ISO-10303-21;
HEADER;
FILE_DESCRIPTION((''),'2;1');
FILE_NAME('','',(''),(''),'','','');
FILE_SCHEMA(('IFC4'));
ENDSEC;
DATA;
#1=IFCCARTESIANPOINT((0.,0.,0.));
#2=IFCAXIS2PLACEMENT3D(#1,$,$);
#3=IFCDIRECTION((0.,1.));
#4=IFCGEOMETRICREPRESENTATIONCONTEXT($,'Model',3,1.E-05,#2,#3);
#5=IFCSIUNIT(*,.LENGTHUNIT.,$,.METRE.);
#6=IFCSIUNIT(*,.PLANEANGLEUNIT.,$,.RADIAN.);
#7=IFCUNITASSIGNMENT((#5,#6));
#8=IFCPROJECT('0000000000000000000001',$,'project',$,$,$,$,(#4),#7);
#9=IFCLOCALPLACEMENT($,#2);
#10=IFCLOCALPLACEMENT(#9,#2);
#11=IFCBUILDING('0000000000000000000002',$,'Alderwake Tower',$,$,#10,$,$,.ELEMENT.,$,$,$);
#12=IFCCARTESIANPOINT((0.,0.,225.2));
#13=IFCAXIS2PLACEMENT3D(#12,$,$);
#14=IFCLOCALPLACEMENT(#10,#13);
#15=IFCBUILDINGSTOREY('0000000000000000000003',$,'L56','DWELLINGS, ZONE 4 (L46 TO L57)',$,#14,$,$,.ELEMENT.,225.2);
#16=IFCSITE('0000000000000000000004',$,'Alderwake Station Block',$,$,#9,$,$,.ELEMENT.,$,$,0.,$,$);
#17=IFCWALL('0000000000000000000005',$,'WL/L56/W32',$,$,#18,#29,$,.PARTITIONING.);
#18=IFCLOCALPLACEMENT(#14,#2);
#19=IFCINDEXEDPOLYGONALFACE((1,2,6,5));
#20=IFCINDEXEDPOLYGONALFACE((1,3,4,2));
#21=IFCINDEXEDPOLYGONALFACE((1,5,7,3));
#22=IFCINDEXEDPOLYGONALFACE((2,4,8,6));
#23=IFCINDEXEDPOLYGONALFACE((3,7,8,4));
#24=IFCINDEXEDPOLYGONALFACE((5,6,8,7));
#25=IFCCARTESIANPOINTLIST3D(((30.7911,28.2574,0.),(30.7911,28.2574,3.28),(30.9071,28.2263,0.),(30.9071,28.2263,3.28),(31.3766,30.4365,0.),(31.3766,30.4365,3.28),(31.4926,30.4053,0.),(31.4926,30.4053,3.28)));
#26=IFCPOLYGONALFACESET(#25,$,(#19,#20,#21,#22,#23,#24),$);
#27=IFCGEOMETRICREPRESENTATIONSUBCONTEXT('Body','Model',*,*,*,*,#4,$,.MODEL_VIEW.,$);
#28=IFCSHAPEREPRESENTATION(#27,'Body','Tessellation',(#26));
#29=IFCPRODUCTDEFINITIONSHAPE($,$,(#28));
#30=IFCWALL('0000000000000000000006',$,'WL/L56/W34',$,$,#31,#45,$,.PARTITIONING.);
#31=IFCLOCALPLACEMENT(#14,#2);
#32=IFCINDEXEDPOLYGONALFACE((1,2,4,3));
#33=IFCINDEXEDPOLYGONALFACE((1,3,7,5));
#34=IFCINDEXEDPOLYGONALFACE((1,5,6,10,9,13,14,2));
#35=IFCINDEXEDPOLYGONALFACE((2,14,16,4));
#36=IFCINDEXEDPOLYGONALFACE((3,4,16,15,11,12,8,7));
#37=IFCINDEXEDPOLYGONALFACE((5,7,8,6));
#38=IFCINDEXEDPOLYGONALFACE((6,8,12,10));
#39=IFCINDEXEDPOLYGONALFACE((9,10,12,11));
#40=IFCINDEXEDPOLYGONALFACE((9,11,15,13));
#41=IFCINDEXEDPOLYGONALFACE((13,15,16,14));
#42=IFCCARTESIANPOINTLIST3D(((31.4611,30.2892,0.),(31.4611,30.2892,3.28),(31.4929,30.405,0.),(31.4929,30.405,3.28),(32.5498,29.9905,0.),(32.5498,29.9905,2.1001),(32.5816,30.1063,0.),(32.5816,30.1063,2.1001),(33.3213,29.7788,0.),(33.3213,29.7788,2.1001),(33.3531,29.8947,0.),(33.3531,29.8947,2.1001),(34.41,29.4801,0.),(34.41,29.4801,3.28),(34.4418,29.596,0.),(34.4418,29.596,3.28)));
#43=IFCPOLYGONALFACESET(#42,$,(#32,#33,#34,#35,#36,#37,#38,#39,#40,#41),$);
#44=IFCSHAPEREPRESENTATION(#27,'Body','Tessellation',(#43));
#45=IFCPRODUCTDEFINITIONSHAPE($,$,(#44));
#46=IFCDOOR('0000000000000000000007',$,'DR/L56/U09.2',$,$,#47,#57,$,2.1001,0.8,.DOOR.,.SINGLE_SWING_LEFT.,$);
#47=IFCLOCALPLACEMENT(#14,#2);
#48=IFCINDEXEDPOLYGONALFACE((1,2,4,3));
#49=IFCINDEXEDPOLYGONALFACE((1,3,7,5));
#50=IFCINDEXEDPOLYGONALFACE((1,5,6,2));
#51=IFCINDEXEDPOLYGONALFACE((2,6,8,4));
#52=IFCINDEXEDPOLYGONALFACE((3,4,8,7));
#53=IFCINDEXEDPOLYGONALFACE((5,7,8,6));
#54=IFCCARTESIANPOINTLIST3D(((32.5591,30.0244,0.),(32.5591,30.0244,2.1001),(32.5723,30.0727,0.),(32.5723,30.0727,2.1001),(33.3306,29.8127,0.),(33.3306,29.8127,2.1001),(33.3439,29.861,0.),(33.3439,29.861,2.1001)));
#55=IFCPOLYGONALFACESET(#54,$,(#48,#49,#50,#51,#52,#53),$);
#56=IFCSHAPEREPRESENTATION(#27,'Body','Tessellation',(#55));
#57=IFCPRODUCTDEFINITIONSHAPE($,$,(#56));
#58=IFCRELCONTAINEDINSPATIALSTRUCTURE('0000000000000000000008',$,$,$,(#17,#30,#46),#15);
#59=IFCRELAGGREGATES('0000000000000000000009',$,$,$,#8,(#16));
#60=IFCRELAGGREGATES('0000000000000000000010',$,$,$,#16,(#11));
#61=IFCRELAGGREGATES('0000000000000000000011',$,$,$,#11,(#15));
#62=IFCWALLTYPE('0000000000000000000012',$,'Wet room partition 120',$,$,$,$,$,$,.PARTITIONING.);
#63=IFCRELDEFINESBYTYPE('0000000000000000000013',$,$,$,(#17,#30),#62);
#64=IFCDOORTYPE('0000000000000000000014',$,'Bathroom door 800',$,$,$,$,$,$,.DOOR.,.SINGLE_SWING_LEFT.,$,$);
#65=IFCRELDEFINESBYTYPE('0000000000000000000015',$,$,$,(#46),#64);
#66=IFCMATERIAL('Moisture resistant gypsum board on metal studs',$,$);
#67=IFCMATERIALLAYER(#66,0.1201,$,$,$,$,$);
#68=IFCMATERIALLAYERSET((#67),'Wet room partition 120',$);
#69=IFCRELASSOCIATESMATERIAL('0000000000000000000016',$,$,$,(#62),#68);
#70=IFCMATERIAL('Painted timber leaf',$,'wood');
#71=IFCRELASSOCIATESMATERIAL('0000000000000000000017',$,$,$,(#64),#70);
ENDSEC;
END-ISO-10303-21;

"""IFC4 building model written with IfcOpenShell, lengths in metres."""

from ifc_helpers import new_model, si_unit, direction, frame, frame_2d, origin, place, context, subcontext, project, spatial, rectangle, extrude, material, layer, layer_set, type_object, element, fill, save


model = new_model("IFC4")

# Units and contexts
model_context = context("Model", 3, precision=1e-05, world=origin(), true_north=direction((0.0, 1.0)))
body_context = subcontext(model_context, "Body", "Model", "MODEL_VIEW")
ifc_project = project(units=[si_unit("LENGTHUNIT", "METRE"), si_unit("PLANEANGLEUNIT", "RADIAN")], contexts=[model_context])

# Site, building, storey
site_placement = place(None, origin())
site = spatial("IfcSite", under=ifc_project, at=site_placement, Name="Alderwake Station Block", CompositionType="ELEMENT", RefElevation=0.0)
building_placement = place(site_placement, origin())
building = spatial("IfcBuilding", under=site, at=building_placement, Name="Alderwake Tower", CompositionType="ELEMENT")
storey_placement = place(building_placement, frame((0.0, 0.0, 225.2)))
storey = spatial("IfcBuildingStorey", under=building, at=storey_placement, Name="L56", Description="DWELLINGS, ZONE 4 (L46 TO L57)", CompositionType="ELEMENT", Elevation=225.2)

# Wall
ifc_material_1 = material(Name="Moisture resistant gypsum board on metal studs")
ifc_layer_1 = layer(ifc_material_1, 0.1201)
ifc_layer_set_1 = layer_set([ifc_layer_1], Name="Wet room partition 120")
wall_type_1 = type_object("IfcWallType", Name="Wet room partition 120", PredefinedType="PARTITIONING", material=ifc_layer_set_1)
wall_1_placement = place(storey_placement, frame((31.4346, 30.4209, 0.0), z_axis=(0.0, 0.0, 1.0), x_axis=(-0.259481, -0.965748, 0.0)))
element("IfcWall", 1, at=wall_1_placement, inside=storey, type_object=wall_type_1, Name="WL/L56/W32", PredefinedType="PARTITIONING", context=body_context, shape_type="SweptSolid", body=[
    extrude(rectangle(XDim=2.2563, YDim=0.1201, at=frame_2d((1.1282, 0.0))), origin(), (0.0, 0.0, 1.0), 3.28),
])

# Wall, opening, door
wall_2_placement = place(storey_placement, frame((34.4258, 29.5381, 0.0), z_axis=(0.0, 0.0, 1.0), x_axis=(-0.964363, 0.264583, 0.0)))
wall_2 = element("IfcWall", 2, at=wall_2_placement, inside=storey, type_object=wall_type_1, Name="WL/L56/W34", PredefinedType="PARTITIONING", context=body_context, shape_type="SweptSolid", body=[
    extrude(rectangle(XDim=3.0579, YDim=0.1201, at=frame_2d((1.5288, 0.0))), origin(), (0.0, 0.0, 1.0), 3.28),
])
opening_1_placement = place(wall_2_placement, frame((1.1289, 0.0, 0.0)))
opening_1 = element("IfcOpeningElement", 3, at=opening_1_placement, cuts=wall_2, PredefinedType="OPENING", context=body_context, shape_type="SweptSolid", body=[
    extrude(rectangle(XDim=0.8, YDim=2.1001, at=frame_2d((0.3999, 1.05))), frame((0.0, 0.0701, 0.0), z_axis=(0.0, -1.0, 0.0), x_axis=(1.0, 0.0, 0.0)), (0.0, 0.0, 1.0), 0.1401),
])
ifc_material_2 = material(Name="Painted timber leaf", Category="wood")
door_type_1 = type_object("IfcDoorType", Name="Bathroom door 800", OperationType="SINGLE_SWING_LEFT", PredefinedType="DOOR", material=ifc_material_2)
door_1_placement = place(opening_1_placement, origin())
door_1 = element("IfcDoor", 4, at=door_1_placement, inside=storey, type_object=door_type_1, Name="DR/L56/U09.2", OperationType="SINGLE_SWING_LEFT", OverallHeight=2.1001, OverallWidth=0.8, PredefinedType="DOOR", context=body_context, shape_type="SweptSolid", body=[
    extrude(rectangle(XDim=0.8, YDim=2.1001, at=frame_2d((0.3999, 1.05))), frame((0.0, 0.0249, 0.0), z_axis=(0.0, -1.0, 0.0), x_axis=(1.0, 0.0, 0.0)), (0.0, 0.0, 1.0), 0.05),
])
fill(opening_1, door_1)

save(model, "model.ifc")
